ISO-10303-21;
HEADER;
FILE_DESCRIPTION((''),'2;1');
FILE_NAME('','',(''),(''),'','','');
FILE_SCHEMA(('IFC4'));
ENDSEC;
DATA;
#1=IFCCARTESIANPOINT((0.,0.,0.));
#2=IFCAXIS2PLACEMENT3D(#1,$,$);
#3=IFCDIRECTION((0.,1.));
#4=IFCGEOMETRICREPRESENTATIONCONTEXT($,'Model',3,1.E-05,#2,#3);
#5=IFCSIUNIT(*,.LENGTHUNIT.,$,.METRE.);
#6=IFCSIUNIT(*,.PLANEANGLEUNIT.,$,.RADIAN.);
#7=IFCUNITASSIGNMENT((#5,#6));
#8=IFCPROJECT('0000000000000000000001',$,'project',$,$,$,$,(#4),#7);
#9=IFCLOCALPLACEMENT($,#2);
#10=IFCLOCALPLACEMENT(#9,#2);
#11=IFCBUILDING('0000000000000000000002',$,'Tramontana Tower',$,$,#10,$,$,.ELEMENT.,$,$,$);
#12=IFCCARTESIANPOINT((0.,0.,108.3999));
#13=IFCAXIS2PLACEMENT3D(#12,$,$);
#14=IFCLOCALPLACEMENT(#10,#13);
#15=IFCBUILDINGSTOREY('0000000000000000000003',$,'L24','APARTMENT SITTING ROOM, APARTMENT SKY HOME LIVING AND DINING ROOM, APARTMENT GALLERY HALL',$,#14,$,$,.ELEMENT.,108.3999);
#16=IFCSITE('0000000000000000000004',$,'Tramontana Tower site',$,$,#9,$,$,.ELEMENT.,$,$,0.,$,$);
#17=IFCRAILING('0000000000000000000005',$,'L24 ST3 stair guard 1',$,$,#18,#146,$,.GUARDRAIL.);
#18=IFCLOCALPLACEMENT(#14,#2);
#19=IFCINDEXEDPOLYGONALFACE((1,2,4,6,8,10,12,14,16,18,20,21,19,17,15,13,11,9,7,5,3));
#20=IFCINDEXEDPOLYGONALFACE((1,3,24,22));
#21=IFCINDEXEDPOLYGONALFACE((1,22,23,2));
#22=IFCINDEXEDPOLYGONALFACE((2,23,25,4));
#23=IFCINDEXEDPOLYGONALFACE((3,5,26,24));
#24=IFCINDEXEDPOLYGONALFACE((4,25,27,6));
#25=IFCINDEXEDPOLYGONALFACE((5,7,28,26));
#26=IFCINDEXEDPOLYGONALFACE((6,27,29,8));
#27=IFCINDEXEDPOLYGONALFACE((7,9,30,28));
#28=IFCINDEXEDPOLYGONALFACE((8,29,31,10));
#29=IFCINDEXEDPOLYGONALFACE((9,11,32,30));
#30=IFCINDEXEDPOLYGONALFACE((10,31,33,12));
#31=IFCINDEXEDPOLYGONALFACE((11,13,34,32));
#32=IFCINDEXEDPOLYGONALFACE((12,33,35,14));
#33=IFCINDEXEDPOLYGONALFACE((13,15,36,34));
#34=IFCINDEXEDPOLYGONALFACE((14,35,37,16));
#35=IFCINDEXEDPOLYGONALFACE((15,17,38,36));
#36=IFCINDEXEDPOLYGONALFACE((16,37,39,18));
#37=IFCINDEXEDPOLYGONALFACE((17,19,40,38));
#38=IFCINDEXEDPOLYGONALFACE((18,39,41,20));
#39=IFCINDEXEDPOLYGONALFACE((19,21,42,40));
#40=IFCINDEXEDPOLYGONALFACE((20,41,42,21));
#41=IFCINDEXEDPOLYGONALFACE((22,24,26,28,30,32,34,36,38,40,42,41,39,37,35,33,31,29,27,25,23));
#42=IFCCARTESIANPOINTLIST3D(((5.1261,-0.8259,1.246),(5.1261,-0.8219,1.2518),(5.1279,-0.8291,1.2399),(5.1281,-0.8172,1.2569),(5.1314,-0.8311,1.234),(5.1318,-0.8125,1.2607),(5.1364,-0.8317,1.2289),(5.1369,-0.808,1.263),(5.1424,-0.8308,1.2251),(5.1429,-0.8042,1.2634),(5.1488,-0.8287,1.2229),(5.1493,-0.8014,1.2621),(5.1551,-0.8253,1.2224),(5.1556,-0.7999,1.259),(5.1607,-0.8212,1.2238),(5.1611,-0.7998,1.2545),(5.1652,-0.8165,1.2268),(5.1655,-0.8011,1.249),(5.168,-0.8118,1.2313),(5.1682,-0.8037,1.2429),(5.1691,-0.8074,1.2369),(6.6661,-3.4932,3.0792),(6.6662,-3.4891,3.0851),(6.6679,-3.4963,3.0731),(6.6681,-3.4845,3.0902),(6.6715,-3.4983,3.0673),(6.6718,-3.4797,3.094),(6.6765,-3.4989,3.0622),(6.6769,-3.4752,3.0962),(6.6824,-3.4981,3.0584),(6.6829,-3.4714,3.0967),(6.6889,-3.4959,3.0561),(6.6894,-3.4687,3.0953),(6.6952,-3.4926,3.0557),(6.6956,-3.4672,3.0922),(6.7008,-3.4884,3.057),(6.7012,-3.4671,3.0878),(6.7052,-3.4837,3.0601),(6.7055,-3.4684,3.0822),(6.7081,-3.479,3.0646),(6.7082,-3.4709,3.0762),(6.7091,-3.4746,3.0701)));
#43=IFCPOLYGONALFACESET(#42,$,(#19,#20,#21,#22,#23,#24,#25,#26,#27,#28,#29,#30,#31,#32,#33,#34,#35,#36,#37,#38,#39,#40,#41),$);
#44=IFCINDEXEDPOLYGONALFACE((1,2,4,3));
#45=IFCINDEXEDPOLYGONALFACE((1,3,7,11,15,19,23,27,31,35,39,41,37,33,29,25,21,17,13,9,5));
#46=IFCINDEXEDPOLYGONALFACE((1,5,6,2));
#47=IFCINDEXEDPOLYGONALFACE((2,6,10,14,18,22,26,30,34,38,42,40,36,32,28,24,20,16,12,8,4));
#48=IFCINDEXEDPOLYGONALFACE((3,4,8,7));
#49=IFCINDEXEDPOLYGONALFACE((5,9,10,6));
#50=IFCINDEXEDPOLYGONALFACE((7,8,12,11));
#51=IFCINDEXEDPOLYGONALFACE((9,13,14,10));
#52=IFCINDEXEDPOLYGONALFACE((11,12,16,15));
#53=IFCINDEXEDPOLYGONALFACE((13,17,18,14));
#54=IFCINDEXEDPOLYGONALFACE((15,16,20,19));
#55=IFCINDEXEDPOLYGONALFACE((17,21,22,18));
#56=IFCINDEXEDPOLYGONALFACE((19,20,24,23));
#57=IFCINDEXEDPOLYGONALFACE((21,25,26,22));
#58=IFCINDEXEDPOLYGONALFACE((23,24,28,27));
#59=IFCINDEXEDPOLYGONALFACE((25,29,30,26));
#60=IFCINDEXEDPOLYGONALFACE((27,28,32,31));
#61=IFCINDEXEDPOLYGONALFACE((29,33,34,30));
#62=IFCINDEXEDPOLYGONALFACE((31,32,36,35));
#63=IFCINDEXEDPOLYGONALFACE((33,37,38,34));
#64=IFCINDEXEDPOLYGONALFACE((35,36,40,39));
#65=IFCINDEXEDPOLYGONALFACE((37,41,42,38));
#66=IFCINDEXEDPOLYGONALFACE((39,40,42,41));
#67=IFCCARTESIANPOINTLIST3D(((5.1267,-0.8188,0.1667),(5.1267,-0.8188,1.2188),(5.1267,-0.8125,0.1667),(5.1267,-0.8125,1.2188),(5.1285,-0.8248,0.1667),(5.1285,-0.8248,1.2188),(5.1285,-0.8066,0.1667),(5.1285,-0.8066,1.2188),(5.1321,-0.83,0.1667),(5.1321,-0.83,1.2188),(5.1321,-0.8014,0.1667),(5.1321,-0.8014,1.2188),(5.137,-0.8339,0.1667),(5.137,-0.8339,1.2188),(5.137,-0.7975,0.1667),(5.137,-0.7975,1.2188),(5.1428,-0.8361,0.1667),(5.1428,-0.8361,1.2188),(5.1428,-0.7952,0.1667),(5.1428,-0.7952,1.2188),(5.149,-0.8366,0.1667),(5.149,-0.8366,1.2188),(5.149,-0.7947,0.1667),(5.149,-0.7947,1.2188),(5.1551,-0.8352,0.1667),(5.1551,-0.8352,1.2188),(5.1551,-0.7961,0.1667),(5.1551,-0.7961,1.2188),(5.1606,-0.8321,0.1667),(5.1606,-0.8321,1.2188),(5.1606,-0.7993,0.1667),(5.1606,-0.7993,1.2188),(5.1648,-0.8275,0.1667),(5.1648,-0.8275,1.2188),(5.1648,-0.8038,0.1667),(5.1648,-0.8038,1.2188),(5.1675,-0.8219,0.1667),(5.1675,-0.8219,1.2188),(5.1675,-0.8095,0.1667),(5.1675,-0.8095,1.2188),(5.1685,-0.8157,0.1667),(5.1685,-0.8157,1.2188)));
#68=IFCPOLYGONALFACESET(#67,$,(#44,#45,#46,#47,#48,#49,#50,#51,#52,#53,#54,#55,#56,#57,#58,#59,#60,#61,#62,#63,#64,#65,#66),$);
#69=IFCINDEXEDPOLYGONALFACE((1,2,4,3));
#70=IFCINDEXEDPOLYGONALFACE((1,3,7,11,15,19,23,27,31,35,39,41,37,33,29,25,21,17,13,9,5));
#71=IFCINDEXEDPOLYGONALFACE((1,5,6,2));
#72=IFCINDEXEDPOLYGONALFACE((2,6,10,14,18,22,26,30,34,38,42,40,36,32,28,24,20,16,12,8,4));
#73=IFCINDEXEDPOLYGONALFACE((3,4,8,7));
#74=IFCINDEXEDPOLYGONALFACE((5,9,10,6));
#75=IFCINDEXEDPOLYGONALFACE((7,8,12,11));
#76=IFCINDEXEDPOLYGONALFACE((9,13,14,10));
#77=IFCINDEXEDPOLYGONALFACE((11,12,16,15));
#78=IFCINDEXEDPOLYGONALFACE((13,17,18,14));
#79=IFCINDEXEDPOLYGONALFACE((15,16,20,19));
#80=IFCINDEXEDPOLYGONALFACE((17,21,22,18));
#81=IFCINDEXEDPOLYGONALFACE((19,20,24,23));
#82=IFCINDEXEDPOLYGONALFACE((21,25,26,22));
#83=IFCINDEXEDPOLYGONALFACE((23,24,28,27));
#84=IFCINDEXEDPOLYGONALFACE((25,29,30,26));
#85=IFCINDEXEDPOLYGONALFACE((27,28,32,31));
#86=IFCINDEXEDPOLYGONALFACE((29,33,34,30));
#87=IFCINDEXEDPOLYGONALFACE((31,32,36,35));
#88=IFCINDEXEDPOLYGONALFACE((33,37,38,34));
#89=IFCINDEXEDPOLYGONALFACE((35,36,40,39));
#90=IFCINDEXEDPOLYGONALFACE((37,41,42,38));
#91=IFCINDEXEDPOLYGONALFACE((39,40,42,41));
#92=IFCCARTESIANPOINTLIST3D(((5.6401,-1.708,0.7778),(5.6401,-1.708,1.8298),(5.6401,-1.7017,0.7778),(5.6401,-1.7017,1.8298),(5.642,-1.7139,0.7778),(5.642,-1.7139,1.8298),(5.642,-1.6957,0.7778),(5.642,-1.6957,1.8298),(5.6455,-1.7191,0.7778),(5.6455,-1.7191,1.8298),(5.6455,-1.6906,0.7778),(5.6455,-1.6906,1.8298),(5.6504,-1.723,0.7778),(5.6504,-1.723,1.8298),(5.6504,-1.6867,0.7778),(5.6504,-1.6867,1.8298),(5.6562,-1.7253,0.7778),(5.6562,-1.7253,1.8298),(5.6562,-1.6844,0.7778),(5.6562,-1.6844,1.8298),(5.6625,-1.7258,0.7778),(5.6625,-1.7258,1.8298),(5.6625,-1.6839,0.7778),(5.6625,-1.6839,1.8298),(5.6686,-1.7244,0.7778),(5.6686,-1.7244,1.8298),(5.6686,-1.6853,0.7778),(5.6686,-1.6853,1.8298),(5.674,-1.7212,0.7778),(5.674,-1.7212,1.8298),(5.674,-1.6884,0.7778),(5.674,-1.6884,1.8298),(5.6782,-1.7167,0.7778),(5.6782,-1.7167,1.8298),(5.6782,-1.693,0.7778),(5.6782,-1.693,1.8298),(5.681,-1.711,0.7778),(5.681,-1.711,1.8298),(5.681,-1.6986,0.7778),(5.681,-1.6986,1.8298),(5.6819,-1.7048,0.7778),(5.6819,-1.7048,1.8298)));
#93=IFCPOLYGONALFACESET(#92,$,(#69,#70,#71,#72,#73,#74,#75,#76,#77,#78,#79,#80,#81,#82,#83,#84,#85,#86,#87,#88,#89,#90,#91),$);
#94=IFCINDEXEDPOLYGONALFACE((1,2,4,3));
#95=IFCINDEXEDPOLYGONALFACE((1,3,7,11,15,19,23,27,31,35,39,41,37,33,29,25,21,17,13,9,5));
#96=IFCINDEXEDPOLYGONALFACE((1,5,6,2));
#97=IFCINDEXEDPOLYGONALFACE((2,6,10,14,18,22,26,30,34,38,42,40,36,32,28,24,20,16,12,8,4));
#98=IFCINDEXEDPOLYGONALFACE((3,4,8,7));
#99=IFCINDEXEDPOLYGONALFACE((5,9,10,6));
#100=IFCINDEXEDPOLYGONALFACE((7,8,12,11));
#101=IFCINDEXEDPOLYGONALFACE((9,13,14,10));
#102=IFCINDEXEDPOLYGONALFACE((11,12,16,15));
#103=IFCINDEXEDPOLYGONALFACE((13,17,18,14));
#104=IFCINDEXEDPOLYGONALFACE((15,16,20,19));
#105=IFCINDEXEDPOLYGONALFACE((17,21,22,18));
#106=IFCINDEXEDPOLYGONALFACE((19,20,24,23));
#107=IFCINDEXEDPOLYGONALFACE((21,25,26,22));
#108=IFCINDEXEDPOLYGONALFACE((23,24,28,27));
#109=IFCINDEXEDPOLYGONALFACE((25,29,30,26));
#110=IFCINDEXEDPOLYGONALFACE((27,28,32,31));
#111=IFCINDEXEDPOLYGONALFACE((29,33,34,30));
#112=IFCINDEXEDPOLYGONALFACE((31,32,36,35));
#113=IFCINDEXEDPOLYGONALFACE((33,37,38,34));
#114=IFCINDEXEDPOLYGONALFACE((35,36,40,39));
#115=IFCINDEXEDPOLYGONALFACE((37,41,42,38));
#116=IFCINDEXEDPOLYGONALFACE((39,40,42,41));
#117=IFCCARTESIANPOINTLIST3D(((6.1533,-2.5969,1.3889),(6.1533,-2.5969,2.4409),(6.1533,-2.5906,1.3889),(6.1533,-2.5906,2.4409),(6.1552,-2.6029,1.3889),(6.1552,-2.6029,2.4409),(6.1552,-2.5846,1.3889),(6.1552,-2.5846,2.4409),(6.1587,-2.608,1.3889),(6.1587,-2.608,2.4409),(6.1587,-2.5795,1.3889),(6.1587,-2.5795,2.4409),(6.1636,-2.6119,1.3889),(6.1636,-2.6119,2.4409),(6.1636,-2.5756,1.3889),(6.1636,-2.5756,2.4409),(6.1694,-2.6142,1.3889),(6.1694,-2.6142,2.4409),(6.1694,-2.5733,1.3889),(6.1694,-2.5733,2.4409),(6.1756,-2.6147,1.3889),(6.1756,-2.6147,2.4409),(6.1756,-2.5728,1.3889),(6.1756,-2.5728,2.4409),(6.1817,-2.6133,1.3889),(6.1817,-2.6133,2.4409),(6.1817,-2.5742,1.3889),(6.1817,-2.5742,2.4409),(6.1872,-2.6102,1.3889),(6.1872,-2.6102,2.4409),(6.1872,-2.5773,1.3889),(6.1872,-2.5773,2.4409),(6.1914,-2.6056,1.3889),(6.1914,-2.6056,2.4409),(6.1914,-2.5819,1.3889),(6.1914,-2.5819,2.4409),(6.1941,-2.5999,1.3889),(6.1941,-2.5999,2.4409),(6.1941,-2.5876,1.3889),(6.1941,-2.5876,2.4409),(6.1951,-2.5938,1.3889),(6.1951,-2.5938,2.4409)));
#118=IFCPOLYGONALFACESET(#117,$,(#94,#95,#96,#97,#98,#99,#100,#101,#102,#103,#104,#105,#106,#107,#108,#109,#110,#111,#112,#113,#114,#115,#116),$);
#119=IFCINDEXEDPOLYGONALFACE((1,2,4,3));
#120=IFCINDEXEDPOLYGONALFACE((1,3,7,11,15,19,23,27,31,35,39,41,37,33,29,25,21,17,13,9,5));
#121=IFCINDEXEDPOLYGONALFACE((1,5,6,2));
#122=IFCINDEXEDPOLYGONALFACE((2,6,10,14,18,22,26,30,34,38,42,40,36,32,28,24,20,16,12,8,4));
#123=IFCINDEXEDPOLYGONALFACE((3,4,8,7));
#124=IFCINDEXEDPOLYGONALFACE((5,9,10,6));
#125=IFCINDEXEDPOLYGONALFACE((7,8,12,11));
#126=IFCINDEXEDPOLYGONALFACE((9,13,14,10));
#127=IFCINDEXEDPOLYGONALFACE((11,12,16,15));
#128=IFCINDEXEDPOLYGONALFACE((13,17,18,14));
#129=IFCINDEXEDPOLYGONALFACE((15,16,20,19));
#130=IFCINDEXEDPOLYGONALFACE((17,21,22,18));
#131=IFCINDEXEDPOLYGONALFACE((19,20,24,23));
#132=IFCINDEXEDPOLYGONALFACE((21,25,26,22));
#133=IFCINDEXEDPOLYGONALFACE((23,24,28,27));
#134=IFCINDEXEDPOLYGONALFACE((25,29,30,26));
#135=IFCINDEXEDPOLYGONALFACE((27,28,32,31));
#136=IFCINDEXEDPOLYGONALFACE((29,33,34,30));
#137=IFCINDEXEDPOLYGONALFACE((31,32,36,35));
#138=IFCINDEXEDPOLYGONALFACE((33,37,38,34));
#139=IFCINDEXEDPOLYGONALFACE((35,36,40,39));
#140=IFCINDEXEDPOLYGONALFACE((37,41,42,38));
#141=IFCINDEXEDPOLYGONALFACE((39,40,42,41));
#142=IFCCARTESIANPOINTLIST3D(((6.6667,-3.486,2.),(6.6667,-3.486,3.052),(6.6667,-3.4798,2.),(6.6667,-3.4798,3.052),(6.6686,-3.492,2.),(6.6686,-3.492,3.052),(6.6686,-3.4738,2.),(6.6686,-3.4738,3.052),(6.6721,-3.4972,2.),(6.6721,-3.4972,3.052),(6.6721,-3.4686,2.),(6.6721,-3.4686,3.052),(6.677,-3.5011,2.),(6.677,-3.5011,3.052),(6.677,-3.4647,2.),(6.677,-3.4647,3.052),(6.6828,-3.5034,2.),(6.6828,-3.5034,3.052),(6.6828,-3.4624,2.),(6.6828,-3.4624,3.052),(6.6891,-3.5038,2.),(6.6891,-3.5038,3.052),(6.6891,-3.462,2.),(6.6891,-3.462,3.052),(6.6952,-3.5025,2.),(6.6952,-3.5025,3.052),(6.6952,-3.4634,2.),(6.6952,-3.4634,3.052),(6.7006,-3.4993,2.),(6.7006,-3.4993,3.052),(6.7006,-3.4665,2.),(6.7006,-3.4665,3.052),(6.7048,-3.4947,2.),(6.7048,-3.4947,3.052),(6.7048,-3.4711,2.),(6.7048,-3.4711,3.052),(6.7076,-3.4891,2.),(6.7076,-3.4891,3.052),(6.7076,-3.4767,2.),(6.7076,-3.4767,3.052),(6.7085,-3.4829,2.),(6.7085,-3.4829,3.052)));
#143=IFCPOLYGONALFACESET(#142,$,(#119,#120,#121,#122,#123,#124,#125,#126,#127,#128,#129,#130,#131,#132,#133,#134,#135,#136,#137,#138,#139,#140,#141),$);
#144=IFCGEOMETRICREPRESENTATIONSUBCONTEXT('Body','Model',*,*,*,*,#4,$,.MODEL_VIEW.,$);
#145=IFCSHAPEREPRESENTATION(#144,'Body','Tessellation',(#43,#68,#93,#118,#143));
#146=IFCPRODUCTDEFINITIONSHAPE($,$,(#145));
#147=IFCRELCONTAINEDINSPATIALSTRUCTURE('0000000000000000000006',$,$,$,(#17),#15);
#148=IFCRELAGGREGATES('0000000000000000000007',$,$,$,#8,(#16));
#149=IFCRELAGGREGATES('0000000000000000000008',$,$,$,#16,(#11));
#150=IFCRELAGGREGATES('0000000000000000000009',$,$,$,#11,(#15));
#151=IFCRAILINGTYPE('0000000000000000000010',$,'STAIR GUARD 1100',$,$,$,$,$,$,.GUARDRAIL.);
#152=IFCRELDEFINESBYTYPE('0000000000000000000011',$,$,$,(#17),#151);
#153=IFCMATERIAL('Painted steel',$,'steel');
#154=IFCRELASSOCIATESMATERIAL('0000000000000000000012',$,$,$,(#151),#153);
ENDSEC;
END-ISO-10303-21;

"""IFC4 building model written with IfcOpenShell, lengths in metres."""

from ifc_helpers import new_model, si_unit, direction, frame, origin, origin_2d, place, context, subcontext, project, spatial, circle, extrude, material, type_object, element, save


model = new_model("IFC4")

# Units and contexts
model_context = context("Model", 3, precision=1e-05, world=origin(), true_north=direction((0.0, 1.0)))
body_context = subcontext(model_context, "Body", "Model", "MODEL_VIEW")
ifc_project = project(units=[si_unit("LENGTHUNIT", "METRE"), si_unit("PLANEANGLEUNIT", "RADIAN")], contexts=[model_context])

# Site, building, storey
site_placement = place(None, origin())
site = spatial("IfcSite", under=ifc_project, at=site_placement, Name="Tramontana Tower site", CompositionType="ELEMENT", RefElevation=0.0)
building_placement = place(site_placement, origin())
building = spatial("IfcBuilding", under=site, at=building_placement, Name="Tramontana Tower", CompositionType="ELEMENT")
storey_placement = place(building_placement, frame((0.0, 0.0, 108.3999)))
storey = spatial("IfcBuildingStorey", under=building, at=storey_placement, Name="L24", Description="APARTMENT SITTING ROOM, APARTMENT SKY HOME LIVING AND DINING ROOM, APARTMENT GALLERY HALL", CompositionType="ELEMENT", Elevation=108.3999)

# Railing
ifc_material_1 = material(Name="Painted steel", Category="steel")
railing_type_1 = type_object("IfcRailingType", Name="STAIR GUARD 1100", PredefinedType="GUARDRAIL", material=ifc_material_1)
railing_1_placement = place(storey_placement, frame((5.1475, -0.8157, 0.1667)))
element("IfcRailing", 1, at=railing_1_placement, inside=storey, type_object=railing_type_1, Name="L24 ST3 stair guard 1", PredefinedType="GUARDRAIL", context=body_context, shape_type="SweptSolid", body=[
    extrude(circle(Radius=0.0239, at=origin_2d()), frame((0.0, 0.0, 1.0762), z_axis=(0.429671, -0.744159, 0.511478), x_axis=(0.86601, 0.500027, 0.0)), (0.0, 0.0, 1.0), 3.5842),
    extrude(circle(Radius=0.021, at=origin_2d()), origin(), (0.0, 0.0, 1.0), 1.052),
    extrude(circle(Radius=0.021, at=origin_2d()), frame((0.5134, -0.8892, 0.6111)), (0.0, 0.0, 1.0), 1.052),
    extrude(circle(Radius=0.021, at=origin_2d()), frame((1.0266, -1.7781, 1.2222)), (0.0, 0.0, 1.0), 1.052),
    extrude(circle(Radius=0.021, at=origin_2d()), frame((1.54, -2.6672, 1.8333)), (0.0, 0.0, 1.0), 1.052),
])

save(model, "model.ifc")
